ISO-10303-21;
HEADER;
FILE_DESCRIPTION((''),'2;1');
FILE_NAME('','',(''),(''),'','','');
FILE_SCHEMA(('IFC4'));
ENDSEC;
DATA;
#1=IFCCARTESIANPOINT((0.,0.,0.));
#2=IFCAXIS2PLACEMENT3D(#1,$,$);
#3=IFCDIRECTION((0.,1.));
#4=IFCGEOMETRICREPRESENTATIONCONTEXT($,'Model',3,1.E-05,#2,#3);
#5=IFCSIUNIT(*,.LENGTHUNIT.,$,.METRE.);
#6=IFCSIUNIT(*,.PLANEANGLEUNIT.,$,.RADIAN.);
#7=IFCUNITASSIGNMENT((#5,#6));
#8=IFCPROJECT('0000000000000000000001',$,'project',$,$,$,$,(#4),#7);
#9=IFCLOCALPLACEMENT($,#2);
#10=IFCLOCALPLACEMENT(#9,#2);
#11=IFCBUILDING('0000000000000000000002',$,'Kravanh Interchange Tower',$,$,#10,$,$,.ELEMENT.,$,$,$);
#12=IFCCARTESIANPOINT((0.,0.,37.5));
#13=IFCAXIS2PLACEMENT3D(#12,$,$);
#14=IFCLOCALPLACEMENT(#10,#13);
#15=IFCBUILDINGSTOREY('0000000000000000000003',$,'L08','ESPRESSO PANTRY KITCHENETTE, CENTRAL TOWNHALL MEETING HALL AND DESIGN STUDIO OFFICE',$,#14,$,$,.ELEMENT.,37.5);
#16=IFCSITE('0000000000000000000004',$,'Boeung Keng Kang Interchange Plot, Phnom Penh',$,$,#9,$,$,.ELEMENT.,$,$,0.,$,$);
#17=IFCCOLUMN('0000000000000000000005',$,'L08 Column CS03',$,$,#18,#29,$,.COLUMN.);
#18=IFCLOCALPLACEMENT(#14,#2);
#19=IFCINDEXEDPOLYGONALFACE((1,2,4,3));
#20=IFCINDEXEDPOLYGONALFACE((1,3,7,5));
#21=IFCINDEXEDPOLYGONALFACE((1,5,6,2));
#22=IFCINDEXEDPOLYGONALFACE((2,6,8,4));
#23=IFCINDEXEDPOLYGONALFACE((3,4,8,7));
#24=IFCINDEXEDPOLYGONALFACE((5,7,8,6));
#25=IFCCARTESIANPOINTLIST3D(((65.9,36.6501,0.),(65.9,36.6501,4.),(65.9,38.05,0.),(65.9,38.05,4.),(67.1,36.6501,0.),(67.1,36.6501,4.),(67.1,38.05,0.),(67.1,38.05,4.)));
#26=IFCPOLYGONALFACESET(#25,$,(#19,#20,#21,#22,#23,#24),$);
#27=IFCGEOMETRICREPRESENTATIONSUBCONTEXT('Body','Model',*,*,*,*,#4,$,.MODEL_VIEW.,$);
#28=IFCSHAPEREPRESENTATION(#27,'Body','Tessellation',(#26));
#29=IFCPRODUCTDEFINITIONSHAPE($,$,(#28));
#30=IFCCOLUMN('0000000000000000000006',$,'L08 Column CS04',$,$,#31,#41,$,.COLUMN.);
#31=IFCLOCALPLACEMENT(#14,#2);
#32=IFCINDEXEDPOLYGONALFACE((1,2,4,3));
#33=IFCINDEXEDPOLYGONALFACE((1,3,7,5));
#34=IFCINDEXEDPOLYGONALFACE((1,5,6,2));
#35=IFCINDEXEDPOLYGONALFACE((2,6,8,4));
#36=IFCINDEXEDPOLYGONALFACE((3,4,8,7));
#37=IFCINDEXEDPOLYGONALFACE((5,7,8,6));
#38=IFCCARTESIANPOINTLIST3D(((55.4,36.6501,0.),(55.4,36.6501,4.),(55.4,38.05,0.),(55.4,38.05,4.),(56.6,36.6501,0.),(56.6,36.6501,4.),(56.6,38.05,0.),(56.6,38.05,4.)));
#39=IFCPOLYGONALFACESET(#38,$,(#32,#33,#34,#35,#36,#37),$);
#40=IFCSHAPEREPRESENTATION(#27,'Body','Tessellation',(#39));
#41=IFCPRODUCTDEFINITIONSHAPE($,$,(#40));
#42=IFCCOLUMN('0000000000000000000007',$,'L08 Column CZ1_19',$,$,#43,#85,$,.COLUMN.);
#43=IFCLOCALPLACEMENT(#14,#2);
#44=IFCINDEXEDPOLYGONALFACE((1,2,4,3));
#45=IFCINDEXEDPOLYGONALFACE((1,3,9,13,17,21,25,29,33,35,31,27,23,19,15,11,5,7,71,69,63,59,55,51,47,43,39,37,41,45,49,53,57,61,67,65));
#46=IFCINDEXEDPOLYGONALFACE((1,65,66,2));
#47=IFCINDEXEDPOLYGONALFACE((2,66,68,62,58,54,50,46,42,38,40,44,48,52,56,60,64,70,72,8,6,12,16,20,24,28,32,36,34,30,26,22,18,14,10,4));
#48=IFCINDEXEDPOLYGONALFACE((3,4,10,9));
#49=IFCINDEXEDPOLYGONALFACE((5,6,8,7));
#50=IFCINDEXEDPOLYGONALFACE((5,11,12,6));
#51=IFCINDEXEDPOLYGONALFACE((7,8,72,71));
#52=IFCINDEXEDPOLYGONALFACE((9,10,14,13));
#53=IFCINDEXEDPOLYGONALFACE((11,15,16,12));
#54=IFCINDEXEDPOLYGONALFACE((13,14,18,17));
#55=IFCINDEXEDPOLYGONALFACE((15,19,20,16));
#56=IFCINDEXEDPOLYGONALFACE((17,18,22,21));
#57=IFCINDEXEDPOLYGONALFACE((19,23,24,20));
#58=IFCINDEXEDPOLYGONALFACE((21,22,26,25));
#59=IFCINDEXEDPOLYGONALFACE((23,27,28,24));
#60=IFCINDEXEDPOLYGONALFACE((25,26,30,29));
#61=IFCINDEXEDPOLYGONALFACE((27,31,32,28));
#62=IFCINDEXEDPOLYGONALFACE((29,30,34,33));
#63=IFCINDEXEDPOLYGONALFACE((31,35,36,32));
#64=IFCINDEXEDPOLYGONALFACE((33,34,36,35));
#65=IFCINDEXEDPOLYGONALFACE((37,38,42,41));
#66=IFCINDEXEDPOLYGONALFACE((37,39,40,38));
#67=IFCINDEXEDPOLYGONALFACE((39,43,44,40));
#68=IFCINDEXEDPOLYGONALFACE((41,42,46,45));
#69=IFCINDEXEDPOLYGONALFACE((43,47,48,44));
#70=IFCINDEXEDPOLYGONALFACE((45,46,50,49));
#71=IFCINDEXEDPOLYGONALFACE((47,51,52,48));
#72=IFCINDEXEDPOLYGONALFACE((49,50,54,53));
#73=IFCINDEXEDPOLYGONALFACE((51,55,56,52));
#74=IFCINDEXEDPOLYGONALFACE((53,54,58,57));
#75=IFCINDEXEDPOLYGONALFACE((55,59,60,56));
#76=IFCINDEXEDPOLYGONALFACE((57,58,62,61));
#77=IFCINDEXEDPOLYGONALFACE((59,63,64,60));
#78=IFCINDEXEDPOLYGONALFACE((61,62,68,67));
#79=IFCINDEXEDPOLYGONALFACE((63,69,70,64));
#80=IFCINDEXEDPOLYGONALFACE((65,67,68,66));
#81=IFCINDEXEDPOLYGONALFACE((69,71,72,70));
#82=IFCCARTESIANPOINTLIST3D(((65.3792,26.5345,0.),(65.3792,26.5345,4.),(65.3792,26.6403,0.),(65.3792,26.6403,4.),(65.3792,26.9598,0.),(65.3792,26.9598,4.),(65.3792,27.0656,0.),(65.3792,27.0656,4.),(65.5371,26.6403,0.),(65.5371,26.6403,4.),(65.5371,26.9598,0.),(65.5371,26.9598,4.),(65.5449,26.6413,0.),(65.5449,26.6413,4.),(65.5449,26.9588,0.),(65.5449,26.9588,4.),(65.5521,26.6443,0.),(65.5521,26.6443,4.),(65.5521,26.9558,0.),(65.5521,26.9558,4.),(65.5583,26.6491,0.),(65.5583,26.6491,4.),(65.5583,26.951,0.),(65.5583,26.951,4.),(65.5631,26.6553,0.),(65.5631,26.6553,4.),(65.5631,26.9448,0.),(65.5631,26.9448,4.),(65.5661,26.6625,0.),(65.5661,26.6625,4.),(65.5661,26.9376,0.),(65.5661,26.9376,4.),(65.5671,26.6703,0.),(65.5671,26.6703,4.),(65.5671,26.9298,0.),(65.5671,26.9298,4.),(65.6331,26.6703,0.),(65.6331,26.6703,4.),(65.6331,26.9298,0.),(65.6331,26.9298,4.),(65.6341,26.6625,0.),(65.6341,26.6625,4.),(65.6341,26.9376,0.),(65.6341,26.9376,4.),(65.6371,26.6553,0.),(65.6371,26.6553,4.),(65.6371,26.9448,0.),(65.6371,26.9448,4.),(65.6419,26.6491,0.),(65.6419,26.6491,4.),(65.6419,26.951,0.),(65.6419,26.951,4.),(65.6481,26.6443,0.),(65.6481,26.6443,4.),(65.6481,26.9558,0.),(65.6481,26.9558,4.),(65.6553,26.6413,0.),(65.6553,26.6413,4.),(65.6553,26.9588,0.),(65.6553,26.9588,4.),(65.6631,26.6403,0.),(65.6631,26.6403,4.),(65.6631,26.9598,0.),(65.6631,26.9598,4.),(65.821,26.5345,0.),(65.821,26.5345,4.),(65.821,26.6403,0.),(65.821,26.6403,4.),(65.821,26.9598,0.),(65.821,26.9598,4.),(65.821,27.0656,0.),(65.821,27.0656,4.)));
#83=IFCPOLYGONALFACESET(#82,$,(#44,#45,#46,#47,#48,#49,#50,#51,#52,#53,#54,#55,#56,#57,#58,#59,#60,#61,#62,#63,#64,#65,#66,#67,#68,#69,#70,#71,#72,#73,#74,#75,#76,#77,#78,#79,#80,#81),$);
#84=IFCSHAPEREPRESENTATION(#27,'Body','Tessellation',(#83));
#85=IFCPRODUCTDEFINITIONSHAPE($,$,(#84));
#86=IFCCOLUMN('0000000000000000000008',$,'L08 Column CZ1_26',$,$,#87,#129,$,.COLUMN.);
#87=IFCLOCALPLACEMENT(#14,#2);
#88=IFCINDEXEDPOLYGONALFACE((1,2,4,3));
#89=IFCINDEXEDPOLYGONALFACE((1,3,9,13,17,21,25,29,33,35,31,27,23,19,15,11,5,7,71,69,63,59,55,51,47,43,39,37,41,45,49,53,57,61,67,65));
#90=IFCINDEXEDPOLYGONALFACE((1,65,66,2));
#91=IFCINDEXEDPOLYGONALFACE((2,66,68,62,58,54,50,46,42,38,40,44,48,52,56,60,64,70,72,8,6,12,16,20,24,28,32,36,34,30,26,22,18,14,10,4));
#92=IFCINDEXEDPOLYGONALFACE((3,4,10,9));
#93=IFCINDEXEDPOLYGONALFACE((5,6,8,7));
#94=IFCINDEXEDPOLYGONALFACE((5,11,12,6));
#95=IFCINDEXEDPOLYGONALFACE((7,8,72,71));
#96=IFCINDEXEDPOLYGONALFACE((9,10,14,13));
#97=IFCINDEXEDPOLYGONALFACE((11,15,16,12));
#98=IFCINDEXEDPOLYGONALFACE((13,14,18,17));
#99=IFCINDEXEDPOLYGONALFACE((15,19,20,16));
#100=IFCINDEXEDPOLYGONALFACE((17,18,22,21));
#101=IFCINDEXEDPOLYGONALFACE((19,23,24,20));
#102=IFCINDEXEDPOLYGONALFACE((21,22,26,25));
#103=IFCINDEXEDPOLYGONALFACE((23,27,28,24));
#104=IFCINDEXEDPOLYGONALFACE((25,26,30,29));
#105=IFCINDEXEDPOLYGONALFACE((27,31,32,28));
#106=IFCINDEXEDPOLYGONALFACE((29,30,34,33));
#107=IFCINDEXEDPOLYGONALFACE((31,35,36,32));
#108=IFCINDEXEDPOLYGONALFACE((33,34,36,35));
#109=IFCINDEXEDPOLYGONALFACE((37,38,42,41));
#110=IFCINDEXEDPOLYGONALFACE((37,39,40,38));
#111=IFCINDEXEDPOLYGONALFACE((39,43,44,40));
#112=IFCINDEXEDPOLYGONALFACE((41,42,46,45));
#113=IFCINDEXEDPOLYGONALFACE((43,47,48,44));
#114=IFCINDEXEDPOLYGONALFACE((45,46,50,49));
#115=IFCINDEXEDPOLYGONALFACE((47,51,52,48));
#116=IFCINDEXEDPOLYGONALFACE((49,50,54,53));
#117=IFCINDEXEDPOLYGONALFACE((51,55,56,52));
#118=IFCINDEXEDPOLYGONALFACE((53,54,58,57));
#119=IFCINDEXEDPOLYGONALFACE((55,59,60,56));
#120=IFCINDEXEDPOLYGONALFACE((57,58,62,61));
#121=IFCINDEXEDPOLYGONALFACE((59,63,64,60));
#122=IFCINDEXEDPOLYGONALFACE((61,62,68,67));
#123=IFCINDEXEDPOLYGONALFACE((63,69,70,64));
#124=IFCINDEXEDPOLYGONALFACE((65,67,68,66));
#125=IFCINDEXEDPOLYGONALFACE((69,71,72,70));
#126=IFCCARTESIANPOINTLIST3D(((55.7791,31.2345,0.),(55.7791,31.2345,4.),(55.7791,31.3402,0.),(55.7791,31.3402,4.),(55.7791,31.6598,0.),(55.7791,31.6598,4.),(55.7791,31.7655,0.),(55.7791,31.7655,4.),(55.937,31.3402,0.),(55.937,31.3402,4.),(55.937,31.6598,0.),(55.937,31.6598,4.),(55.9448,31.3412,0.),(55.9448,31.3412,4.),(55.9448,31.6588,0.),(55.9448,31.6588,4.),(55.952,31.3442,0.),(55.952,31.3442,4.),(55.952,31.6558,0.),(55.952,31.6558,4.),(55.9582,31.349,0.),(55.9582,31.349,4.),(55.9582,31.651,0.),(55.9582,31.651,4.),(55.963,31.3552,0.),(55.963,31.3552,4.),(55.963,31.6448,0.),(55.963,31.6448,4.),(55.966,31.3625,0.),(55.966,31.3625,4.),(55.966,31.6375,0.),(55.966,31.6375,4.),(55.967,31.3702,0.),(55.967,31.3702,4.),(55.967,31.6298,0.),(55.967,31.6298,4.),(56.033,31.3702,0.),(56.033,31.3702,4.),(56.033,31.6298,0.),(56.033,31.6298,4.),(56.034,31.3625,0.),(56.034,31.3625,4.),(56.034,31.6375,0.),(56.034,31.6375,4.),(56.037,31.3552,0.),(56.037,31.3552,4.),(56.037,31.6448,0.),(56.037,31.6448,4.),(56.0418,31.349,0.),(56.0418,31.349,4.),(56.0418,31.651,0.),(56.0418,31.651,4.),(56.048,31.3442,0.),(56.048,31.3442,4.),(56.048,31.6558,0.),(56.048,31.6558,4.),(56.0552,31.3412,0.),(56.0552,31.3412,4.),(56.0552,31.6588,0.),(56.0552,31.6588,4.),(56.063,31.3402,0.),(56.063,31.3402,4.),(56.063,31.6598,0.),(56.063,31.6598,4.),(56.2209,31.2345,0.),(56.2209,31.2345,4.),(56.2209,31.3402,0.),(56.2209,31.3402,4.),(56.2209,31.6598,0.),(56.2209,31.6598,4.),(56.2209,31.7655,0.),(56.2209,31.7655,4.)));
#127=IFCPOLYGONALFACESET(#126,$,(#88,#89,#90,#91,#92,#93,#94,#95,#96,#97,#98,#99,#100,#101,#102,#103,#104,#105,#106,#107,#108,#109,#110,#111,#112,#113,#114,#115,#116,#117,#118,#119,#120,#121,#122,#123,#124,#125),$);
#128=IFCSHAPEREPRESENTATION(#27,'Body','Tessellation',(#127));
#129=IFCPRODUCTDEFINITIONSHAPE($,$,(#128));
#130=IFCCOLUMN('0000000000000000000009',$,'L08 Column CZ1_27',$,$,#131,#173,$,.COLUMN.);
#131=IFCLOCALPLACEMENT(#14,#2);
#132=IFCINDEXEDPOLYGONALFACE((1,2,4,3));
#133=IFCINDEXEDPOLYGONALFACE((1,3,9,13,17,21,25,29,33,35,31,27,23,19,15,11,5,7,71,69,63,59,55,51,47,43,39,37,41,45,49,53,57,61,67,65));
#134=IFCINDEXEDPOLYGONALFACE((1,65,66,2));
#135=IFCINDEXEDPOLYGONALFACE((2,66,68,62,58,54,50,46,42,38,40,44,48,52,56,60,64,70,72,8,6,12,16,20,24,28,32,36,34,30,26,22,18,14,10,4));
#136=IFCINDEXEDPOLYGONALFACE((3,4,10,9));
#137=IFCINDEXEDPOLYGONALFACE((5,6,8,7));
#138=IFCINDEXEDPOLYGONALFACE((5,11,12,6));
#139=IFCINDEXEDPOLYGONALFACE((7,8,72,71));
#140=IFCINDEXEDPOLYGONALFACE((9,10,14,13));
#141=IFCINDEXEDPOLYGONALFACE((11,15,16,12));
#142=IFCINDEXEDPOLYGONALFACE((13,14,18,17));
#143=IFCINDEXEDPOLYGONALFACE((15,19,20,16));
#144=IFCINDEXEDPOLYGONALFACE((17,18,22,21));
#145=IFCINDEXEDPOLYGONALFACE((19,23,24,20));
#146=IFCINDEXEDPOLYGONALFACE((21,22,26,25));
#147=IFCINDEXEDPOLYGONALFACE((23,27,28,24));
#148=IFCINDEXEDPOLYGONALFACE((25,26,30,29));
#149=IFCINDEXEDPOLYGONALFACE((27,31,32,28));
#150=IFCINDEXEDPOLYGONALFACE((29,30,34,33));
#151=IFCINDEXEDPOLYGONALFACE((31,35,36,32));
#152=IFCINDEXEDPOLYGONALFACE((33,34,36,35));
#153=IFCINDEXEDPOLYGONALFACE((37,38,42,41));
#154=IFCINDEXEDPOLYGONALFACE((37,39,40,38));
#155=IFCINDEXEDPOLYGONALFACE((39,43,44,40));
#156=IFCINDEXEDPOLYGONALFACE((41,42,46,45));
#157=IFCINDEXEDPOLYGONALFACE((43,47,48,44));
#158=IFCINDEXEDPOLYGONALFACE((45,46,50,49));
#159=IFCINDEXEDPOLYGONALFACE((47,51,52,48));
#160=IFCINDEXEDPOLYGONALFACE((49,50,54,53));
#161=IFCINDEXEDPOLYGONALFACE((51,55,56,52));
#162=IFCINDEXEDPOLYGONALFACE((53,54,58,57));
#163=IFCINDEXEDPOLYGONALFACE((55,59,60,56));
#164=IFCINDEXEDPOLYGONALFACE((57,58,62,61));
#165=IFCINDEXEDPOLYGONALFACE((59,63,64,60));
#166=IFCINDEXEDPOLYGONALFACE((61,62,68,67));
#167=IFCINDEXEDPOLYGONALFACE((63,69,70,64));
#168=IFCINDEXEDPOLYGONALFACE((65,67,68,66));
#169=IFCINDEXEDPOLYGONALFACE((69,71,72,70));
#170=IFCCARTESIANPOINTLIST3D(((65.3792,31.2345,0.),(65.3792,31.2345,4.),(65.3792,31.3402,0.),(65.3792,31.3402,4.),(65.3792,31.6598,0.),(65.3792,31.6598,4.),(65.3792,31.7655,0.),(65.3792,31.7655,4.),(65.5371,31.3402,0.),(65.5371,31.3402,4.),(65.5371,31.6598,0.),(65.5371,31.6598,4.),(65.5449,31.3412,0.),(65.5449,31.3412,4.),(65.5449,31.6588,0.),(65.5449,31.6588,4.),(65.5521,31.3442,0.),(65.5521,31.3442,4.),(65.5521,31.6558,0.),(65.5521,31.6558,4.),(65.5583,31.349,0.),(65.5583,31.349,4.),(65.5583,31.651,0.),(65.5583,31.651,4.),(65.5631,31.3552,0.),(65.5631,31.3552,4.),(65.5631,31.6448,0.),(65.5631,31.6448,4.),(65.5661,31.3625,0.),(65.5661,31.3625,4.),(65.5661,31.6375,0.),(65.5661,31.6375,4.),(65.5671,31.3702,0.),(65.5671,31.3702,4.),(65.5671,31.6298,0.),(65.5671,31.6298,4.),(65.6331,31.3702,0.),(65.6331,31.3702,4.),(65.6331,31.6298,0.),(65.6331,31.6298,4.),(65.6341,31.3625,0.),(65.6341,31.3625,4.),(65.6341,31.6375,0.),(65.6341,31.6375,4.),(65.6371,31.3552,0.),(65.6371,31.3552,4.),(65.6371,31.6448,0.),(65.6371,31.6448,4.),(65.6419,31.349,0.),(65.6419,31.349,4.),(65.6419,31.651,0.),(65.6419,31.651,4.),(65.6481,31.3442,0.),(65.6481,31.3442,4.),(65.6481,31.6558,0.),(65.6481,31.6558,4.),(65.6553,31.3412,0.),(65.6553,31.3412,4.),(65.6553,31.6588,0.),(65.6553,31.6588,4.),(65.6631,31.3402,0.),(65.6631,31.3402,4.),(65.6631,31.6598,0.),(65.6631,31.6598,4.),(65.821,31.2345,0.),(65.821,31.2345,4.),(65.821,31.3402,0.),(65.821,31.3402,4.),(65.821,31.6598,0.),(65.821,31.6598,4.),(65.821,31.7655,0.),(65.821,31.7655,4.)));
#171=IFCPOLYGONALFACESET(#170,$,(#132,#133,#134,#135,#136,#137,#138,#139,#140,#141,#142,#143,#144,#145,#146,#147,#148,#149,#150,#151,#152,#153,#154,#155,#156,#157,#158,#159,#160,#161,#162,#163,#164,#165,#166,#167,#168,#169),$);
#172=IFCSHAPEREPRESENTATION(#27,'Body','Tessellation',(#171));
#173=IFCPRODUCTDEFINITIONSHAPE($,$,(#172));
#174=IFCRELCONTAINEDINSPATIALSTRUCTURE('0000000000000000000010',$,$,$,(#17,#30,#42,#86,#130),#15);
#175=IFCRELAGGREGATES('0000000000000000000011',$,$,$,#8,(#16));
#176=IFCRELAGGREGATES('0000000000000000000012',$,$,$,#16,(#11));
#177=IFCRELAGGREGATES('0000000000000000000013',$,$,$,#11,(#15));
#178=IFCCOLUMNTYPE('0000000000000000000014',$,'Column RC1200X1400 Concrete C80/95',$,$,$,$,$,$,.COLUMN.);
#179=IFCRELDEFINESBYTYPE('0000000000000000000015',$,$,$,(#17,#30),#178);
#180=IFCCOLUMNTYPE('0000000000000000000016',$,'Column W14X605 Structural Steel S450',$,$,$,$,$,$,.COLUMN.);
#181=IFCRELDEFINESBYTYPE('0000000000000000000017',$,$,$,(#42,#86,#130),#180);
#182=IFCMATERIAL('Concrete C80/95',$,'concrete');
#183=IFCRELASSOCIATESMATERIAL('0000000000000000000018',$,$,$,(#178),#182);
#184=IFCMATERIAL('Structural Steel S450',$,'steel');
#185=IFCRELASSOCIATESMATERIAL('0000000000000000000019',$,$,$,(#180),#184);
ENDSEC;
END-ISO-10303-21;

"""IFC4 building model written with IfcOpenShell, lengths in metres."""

from ifc_helpers import new_model, si_unit, direction, frame, origin, origin_2d, place, context, subcontext, project, spatial, rectangle, i_section, extrude, material, material_profile, profile_set, type_object, element, save


model = new_model("IFC4")

# Units and contexts
model_context = context("Model", 3, precision=1e-05, world=origin(), true_north=direction((0.0, 1.0)))
body_context = subcontext(model_context, "Body", "Model", "MODEL_VIEW")
ifc_project = project(units=[si_unit("LENGTHUNIT", "METRE"), si_unit("PLANEANGLEUNIT", "RADIAN")], contexts=[model_context])

# Site, building, storey
site_placement = place(None, origin())
site = spatial("IfcSite", under=ifc_project, at=site_placement, Name="Boeung Keng Kang Interchange Plot, Phnom Penh", CompositionType="ELEMENT", RefElevation=0.0)
building_placement = place(site_placement, origin())
building = spatial("IfcBuilding", under=site, at=building_placement, Name="Kravanh Interchange Tower", CompositionType="ELEMENT")
storey_placement = place(building_placement, frame((0.0, 0.0, 37.5)))
storey = spatial("IfcBuildingStorey", under=building, at=storey_placement, Name="L08", Description="ESPRESSO PANTRY KITCHENETTE, CENTRAL TOWNHALL MEETING HALL AND DESIGN STUDIO OFFICE", CompositionType="ELEMENT", Elevation=37.5)

# Columns
ifc_material_1 = material(Name="Concrete C80/95", Category="concrete")
ifc_material_profile_1 = material_profile(ifc_material_1, rectangle(XDim=1.2, YDim=1.3999, at=origin_2d()), Name="RC1200X1400")
ifc_profile_set_1 = profile_set([ifc_material_profile_1], Name="Concrete C80/95")
column_type_1 = type_object("IfcColumnType", Name="Column RC1200X1400 Concrete C80/95", PredefinedType="COLUMN", material=ifc_profile_set_1)
for number, where, z_axis, x_axis, name in (
    (1, (66.5, 37.3501, 0.0), (0.0, 0.0, 1.0), (1.0, 0.0, 0.0), "L08 Column CS03"),
    (2, (56.0, 37.3501, 0.0), (0.0, 0.0, 1.0), (1.0, 0.0, 0.0), "L08 Column CS04"),
):
    element("IfcColumn", number, at=place(storey_placement, frame(where, z_axis=z_axis, x_axis=x_axis)), inside=storey, type_object=column_type_1, Name=name, PredefinedType="COLUMN", context=body_context, shape_type="SweptSolid", body=[
        extrude(rectangle(XDim=1.2, YDim=1.3999, at=origin_2d()), origin(), (0.0, 0.0, 1.0), 4.0),
    ])
ifc_material_2 = material(Name="Structural Steel S450", Category="steel")
ifc_material_profile_2 = material_profile(ifc_material_2, i_section(OverallWidth=0.4419, OverallDepth=0.531, WebThickness=0.0659, FlangeThickness=0.1057, FilletRadius=0.03, at=origin_2d()), Name="W14X605")
ifc_profile_set_2 = profile_set([ifc_material_profile_2], Name="Structural Steel S450")
column_type_2 = type_object("IfcColumnType", Name="Column W14X605 Structural Steel S450", PredefinedType="COLUMN", material=ifc_profile_set_2)
for number, where, z_axis, x_axis, name in (
    (3, (65.6001, 26.8, 0.0), (0.0, 0.0, 1.0), (1.0, 0.0, 0.0), "L08 Column CZ1_19"),
    (4, (56.0, 31.5, 0.0), (0.0, 0.0, 1.0), (1.0, 0.0, 0.0), "L08 Column CZ1_26"),
    (5, (65.6001, 31.5, 0.0), (0.0, 0.0, 1.0), (1.0, 0.0, 0.0), "L08 Column CZ1_27"),
):
    element("IfcColumn", number, at=place(storey_placement, frame(where, z_axis=z_axis, x_axis=x_axis)), inside=storey, type_object=column_type_2, Name=name, PredefinedType="COLUMN", context=body_context, shape_type="SweptSolid", body=[
        extrude(i_section(OverallWidth=0.4419, OverallDepth=0.531, WebThickness=0.0659, FlangeThickness=0.1057, FilletRadius=0.03, at=origin_2d()), origin(), (0.0, 0.0, 1.0), 4.0),
    ])

save(model, "model.ifc")
